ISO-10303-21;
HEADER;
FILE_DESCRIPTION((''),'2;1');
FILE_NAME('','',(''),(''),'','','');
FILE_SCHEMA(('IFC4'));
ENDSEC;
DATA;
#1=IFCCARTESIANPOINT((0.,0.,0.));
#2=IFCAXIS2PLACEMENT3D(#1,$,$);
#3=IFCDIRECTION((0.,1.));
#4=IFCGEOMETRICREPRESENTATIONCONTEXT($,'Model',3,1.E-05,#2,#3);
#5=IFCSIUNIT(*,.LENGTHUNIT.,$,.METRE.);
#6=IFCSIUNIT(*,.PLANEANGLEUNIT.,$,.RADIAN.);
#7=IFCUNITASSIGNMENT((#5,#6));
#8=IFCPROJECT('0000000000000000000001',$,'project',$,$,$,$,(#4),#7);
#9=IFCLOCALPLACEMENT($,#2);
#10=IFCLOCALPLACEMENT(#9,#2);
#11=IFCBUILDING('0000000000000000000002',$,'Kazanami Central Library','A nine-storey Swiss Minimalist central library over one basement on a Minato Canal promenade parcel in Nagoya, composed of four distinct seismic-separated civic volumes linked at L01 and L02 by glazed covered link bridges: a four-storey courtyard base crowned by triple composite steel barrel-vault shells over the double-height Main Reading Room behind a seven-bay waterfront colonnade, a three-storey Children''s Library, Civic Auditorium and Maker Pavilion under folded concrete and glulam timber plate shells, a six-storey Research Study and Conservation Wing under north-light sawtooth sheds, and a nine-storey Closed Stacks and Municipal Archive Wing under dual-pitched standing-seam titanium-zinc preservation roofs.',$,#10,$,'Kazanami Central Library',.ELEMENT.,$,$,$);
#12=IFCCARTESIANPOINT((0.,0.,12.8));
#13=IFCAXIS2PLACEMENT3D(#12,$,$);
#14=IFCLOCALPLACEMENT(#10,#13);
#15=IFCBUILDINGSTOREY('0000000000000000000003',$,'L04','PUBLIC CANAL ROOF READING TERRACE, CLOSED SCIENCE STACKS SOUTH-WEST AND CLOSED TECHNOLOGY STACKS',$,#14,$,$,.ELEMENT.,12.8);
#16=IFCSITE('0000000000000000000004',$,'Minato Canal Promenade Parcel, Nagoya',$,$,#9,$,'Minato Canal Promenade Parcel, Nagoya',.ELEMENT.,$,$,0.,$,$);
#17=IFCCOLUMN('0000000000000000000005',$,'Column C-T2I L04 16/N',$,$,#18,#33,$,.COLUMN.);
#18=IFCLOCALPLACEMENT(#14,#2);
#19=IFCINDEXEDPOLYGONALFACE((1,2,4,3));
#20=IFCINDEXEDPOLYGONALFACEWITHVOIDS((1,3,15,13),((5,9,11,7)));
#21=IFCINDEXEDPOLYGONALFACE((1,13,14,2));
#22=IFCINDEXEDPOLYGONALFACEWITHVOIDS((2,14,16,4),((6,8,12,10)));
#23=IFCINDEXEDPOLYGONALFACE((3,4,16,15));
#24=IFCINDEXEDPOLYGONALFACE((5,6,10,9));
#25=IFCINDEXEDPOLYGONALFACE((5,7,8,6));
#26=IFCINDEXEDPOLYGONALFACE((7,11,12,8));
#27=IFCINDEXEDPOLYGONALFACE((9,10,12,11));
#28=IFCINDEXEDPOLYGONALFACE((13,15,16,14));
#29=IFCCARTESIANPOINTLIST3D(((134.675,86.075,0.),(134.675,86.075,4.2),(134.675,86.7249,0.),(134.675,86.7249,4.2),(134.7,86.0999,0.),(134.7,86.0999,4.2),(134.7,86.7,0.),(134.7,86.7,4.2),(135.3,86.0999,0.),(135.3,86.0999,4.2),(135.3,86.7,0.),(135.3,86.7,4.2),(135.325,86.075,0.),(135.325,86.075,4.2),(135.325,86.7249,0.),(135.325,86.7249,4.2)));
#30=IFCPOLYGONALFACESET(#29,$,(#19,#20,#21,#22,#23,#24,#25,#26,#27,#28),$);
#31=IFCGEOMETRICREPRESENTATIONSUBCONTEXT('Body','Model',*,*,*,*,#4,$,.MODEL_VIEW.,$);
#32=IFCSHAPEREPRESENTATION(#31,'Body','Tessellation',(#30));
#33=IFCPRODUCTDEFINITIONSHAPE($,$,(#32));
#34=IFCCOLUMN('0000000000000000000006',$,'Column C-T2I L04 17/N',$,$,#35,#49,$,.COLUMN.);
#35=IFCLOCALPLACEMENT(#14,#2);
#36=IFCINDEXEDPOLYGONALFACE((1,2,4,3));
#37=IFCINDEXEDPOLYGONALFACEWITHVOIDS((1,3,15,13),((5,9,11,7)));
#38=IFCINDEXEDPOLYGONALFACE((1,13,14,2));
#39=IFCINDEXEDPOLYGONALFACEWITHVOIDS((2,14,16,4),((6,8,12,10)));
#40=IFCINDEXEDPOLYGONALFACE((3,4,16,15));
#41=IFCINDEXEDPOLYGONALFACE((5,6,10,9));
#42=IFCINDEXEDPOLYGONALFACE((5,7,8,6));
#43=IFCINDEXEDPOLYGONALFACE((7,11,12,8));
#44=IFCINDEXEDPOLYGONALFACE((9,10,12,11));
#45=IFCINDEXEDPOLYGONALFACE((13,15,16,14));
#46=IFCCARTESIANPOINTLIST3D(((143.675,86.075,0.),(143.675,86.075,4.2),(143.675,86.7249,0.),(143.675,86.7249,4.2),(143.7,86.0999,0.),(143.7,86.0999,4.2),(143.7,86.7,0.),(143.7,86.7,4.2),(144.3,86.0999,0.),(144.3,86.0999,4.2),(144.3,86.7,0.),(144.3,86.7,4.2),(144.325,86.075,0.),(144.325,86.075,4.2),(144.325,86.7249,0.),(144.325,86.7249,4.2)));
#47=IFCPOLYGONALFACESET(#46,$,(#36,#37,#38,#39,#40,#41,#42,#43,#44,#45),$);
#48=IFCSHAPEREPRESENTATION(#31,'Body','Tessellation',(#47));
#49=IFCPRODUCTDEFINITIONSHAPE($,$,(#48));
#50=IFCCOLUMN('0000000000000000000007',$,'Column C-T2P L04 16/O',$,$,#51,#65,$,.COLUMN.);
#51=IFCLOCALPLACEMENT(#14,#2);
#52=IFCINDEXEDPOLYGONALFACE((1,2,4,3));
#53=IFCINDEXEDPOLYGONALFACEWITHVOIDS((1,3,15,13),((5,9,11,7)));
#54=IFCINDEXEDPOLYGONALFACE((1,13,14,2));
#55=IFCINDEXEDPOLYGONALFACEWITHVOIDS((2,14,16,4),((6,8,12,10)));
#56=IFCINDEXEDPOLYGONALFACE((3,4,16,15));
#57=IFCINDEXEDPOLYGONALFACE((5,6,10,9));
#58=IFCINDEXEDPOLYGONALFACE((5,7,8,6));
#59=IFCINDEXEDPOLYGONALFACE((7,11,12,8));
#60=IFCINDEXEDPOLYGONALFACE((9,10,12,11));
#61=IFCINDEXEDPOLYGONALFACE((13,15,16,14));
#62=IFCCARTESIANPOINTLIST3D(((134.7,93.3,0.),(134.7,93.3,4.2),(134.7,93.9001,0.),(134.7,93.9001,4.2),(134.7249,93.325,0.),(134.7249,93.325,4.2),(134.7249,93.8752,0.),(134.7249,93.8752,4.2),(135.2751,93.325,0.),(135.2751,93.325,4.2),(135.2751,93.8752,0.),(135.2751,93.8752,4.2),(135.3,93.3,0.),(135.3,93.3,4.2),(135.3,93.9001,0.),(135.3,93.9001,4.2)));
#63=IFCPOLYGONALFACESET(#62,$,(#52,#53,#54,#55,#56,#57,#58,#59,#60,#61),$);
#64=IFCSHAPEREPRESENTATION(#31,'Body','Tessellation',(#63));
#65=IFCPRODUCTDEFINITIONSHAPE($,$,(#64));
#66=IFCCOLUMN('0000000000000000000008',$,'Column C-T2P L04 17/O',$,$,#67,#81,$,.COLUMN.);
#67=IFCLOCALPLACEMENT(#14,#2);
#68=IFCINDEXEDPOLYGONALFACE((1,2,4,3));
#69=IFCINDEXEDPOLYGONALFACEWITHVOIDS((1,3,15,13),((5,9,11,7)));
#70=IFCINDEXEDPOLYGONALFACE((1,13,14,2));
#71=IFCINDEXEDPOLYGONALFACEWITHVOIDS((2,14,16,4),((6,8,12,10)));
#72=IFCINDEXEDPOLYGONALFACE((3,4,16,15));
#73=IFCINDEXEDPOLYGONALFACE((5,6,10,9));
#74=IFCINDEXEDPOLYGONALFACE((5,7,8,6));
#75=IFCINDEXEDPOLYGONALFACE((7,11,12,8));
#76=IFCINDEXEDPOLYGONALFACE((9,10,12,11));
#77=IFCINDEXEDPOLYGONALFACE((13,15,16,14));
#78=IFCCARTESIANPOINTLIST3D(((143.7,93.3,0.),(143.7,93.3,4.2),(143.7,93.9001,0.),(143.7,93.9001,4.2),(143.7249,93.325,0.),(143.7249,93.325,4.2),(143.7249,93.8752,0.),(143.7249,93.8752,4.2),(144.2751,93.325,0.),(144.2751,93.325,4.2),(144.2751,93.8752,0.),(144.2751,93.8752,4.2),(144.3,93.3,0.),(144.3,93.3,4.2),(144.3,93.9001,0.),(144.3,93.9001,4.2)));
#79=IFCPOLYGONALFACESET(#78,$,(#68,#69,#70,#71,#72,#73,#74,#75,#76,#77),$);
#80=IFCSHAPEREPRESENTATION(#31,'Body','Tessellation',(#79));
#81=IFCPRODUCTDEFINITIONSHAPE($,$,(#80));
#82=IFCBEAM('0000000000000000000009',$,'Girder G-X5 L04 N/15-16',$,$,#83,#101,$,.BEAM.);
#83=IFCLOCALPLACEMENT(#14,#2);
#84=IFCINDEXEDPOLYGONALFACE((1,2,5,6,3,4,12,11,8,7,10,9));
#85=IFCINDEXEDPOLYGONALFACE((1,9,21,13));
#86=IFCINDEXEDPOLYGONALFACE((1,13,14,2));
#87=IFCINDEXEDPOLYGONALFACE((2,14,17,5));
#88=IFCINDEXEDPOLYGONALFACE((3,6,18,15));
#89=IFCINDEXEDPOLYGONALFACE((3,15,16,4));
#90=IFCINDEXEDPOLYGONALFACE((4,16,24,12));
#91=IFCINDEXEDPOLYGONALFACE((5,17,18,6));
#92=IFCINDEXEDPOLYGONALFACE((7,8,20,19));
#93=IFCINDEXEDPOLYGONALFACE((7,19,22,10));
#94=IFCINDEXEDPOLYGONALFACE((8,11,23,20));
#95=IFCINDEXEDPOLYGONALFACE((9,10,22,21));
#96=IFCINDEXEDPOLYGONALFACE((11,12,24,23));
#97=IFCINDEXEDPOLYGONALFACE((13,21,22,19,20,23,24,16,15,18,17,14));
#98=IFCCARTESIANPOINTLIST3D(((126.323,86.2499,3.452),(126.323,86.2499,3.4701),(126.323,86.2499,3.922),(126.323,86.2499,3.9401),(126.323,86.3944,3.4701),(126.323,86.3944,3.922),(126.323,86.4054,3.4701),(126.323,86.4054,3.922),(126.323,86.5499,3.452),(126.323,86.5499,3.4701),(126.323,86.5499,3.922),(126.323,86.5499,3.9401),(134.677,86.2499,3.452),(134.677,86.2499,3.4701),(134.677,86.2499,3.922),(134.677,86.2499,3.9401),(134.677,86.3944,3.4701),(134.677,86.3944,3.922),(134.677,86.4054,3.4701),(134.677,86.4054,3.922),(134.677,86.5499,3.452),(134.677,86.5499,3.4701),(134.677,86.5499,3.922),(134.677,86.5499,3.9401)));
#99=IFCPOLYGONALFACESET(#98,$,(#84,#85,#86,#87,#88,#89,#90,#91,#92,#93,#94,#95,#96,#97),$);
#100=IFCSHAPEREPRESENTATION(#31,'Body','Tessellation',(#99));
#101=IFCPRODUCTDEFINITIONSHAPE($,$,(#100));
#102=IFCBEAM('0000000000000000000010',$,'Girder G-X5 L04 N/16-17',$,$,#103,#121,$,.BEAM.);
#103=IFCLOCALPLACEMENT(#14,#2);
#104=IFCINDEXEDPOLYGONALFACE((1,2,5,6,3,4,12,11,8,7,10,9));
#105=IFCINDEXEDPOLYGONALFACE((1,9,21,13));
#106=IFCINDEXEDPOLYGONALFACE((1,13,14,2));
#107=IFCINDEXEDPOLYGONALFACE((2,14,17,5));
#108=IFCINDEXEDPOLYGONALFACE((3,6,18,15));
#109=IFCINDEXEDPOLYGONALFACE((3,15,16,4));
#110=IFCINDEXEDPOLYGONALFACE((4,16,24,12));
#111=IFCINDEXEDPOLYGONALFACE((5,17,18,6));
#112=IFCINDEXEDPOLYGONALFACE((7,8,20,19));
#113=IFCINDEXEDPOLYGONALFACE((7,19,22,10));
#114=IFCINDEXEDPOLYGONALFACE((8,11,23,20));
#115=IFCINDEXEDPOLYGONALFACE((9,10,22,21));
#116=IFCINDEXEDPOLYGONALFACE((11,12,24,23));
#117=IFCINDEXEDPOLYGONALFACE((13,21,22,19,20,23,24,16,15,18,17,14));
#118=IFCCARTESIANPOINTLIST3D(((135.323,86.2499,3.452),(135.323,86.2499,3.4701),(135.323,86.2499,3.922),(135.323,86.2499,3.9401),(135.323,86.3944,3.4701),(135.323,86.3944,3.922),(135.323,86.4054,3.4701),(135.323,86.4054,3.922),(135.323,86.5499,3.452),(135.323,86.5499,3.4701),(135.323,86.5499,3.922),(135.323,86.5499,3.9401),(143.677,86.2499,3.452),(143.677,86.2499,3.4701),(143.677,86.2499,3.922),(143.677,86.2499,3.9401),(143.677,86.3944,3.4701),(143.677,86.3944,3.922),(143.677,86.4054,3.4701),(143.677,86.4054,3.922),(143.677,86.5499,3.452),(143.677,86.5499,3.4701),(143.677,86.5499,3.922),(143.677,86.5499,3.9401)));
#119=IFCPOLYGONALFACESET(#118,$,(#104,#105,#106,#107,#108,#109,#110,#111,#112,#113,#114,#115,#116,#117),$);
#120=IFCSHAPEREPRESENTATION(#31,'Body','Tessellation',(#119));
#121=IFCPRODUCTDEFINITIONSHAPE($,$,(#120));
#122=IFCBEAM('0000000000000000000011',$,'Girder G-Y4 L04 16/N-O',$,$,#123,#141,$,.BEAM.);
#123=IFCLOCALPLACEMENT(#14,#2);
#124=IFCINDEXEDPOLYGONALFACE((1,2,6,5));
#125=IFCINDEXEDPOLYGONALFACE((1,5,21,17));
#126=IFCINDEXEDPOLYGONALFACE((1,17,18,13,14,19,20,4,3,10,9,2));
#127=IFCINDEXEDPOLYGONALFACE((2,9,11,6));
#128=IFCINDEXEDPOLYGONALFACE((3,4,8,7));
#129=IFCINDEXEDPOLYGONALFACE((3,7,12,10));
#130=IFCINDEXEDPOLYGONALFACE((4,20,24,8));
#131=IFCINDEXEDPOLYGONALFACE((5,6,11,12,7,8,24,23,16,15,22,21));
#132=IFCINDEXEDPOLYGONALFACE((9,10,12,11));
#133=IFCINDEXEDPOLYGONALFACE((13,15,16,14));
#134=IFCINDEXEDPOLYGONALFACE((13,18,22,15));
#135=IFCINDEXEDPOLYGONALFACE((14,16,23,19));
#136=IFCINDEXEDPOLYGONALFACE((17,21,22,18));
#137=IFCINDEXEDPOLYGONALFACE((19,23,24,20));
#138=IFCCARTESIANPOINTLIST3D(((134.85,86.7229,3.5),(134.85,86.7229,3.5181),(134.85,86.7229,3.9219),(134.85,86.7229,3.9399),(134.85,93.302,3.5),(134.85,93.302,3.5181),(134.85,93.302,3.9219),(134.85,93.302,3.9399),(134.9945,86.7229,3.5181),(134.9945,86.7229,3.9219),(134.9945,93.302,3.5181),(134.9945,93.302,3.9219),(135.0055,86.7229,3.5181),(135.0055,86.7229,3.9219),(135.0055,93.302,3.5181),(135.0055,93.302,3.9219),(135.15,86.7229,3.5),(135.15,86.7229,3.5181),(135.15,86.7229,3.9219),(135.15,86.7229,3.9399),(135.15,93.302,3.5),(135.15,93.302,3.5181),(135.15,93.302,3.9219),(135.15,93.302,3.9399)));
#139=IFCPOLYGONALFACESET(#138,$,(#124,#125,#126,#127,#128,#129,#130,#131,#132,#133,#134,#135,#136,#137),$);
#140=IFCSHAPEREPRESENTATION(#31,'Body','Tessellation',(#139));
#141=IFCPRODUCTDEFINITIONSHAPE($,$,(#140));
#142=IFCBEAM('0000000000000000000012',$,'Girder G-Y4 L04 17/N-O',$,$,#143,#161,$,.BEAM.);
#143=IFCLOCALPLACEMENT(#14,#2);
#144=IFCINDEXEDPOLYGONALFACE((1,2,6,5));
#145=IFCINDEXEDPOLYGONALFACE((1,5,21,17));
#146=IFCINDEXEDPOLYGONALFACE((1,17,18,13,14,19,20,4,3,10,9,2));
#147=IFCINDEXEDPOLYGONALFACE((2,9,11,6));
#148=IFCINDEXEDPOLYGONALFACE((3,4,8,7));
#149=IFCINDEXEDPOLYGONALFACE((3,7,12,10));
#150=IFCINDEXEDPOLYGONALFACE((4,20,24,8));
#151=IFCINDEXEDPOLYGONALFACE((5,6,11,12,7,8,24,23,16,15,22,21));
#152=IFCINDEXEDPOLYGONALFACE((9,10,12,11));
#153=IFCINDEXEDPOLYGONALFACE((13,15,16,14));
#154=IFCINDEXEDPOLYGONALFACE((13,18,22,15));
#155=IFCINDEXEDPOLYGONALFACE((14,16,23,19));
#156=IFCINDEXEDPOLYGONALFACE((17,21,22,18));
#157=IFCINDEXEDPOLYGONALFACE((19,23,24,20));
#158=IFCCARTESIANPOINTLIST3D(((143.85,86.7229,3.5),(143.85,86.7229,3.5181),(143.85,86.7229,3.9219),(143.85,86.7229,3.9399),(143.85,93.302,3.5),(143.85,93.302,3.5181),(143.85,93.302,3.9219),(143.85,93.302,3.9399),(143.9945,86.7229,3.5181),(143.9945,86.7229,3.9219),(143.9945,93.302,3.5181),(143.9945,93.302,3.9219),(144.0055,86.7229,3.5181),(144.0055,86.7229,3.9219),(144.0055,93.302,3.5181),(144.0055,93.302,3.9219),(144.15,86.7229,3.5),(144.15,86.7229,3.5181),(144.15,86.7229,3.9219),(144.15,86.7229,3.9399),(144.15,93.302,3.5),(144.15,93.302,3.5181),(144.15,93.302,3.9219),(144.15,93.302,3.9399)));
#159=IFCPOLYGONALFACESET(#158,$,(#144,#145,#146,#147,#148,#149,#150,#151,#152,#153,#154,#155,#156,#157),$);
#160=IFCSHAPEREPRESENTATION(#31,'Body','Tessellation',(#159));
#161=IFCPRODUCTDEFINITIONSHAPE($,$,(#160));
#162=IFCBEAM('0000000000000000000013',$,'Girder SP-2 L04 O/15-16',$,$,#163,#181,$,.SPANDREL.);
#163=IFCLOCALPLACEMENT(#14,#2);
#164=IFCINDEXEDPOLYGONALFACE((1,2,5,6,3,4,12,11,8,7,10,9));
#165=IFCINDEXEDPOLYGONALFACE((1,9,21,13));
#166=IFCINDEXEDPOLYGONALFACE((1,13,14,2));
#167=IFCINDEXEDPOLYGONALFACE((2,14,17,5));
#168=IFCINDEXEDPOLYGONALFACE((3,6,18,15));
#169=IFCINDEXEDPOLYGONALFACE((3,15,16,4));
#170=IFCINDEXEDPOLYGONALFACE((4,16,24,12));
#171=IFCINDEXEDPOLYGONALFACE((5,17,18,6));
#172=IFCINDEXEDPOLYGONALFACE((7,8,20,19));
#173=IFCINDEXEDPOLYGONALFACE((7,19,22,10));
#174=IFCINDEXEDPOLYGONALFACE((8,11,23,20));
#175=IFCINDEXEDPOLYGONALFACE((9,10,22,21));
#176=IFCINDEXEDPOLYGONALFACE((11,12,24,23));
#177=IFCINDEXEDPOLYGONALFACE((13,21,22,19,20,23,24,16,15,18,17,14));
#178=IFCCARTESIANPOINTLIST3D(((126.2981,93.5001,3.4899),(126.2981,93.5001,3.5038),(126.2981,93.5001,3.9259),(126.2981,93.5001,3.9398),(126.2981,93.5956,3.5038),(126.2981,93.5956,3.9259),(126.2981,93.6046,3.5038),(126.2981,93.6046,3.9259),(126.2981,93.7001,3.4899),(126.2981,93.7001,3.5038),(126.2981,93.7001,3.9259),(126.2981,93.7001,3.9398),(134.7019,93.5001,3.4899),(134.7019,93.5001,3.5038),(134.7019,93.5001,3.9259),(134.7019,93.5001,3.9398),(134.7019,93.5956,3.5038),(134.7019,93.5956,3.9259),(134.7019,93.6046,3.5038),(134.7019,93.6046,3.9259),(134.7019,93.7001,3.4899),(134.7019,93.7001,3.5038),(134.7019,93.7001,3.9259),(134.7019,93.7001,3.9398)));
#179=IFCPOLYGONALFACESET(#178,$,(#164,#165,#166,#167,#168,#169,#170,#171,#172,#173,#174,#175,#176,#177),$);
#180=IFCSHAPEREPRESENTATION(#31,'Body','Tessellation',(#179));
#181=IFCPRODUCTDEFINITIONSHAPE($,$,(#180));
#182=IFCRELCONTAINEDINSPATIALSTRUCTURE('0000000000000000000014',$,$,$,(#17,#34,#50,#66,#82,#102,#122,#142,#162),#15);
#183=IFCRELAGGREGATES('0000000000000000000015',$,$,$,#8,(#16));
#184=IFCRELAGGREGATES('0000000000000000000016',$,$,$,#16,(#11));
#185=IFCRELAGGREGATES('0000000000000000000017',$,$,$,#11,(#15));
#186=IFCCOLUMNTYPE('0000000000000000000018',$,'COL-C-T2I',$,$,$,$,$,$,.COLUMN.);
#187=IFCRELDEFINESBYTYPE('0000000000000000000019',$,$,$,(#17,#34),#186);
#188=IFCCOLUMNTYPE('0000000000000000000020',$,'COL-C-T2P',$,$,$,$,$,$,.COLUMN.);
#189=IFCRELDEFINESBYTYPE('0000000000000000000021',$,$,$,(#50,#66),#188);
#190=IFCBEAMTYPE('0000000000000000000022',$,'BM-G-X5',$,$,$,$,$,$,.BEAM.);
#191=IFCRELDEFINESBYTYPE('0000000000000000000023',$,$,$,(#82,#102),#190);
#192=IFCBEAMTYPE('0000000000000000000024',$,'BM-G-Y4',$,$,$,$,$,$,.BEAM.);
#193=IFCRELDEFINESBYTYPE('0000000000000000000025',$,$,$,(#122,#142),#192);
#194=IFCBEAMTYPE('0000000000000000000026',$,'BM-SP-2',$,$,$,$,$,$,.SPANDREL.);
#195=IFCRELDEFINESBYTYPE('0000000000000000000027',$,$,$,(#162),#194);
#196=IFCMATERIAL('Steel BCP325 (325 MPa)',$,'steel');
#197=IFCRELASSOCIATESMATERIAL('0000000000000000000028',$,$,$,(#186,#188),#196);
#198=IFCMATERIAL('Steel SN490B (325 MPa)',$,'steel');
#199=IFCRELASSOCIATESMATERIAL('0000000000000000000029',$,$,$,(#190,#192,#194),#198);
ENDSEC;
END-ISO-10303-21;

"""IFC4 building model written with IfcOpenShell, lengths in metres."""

from ifc_helpers import new_model, si_unit, direction, frame, origin, origin_2d, place, context, subcontext, project, spatial, hollow_rectangle, i_section, extrude, material, material_profile, profile_set, type_object, element, save


model = new_model("IFC4")

# Units and contexts
model_context = context("Model", 3, precision=1e-05, world=origin(), true_north=direction((0.0, 1.0)))
body_context = subcontext(model_context, "Body", "Model", "MODEL_VIEW")
ifc_project = project(units=[si_unit("LENGTHUNIT", "METRE"), si_unit("PLANEANGLEUNIT", "RADIAN")], contexts=[model_context])

# Site, building, storey
site_placement = place(None, origin())
site = spatial("IfcSite", under=ifc_project, at=site_placement, Name="Minato Canal Promenade Parcel, Nagoya", LongName="Minato Canal Promenade Parcel, Nagoya", CompositionType="ELEMENT", RefElevation=0.0)
building_placement = place(site_placement, origin())
building = spatial("IfcBuilding", under=site, at=building_placement, Name="Kazanami Central Library", Description="A nine-storey Swiss Minimalist central library over one basement on a Minato Canal promenade parcel in Nagoya, composed of four distinct seismic-separated civic volumes linked at L01 and L02 by glazed covered link bridges: a four-storey courtyard base crowned by triple composite steel barrel-vault shells over the double-height Main Reading Room behind a seven-bay waterfront colonnade, a three-storey Children's Library, Civic Auditorium and Maker Pavilion under folded concrete and glulam timber plate shells, a six-storey Research Study and Conservation Wing under north-light sawtooth sheds, and a nine-storey Closed Stacks and Municipal Archive Wing under dual-pitched standing-seam titanium-zinc preservation roofs.", LongName="Kazanami Central Library", CompositionType="ELEMENT")
storey_placement = place(building_placement, frame((0.0, 0.0, 12.8)))
storey = spatial("IfcBuildingStorey", under=building, at=storey_placement, Name="L04", Description="PUBLIC CANAL ROOF READING TERRACE, CLOSED SCIENCE STACKS SOUTH-WEST AND CLOSED TECHNOLOGY STACKS", CompositionType="ELEMENT", Elevation=12.8)

# Columns
ifc_material_1 = material(Name="Steel BCP325 (325 MPa)", Category="steel")
ifc_material_profile_1 = material_profile(ifc_material_1, hollow_rectangle(XDim=0.6499, YDim=0.6499, WallThickness=0.0249, at=origin_2d()), Name="BCP-650x650x25")
ifc_profile_set_1 = profile_set([ifc_material_profile_1], Name="Steel BCP325 (325 MPa)")
column_type_1 = type_object("IfcColumnType", Name="COL-C-T2I", PredefinedType="COLUMN", material=ifc_profile_set_1)
for number, where, z_axis, x_axis, name in (
    (1, (135.0, 86.3999, 0.0), (0.0, 0.0, 1.0), (1.0, 0.0, 0.0), "Column C-T2I L04 16/N"),
    (2, (144.0, 86.3999, 0.0), (0.0, 0.0, 1.0), (1.0, 0.0, 0.0), "Column C-T2I L04 17/N"),
):
    element("IfcColumn", number, at=place(storey_placement, frame(where, z_axis=z_axis, x_axis=x_axis)), inside=storey, type_object=column_type_1, Name=name, PredefinedType="COLUMN", context=body_context, shape_type="SweptSolid", body=[
        extrude(hollow_rectangle(XDim=0.6499, YDim=0.6499, WallThickness=0.0249, at=origin_2d()), origin(), (0.0, 0.0, 1.0), 4.2),
    ])
ifc_material_profile_2 = material_profile(ifc_material_1, hollow_rectangle(XDim=0.6001, YDim=0.6001, WallThickness=0.0249, at=origin_2d()), Name="BCP-600x600x25")
ifc_profile_set_2 = profile_set([ifc_material_profile_2], Name="Steel BCP325 (325 MPa)")
column_type_2 = type_object("IfcColumnType", Name="COL-C-T2P", PredefinedType="COLUMN", material=ifc_profile_set_2)
for number, where, z_axis, x_axis, name in (
    (3, (135.0, 93.6001, 0.0), (0.0, 0.0, 1.0), (1.0, 0.0, 0.0), "Column C-T2P L04 16/O"),
    (4, (144.0, 93.6001, 0.0), (0.0, 0.0, 1.0), (1.0, 0.0, 0.0), "Column C-T2P L04 17/O"),
):
    element("IfcColumn", number, at=place(storey_placement, frame(where, z_axis=z_axis, x_axis=x_axis)), inside=storey, type_object=column_type_2, Name=name, PredefinedType="COLUMN", context=body_context, shape_type="SweptSolid", body=[
        extrude(hollow_rectangle(XDim=0.6001, YDim=0.6001, WallThickness=0.0249, at=origin_2d()), origin(), (0.0, 0.0, 1.0), 4.2),
    ])

# Beams
ifc_material_2 = material(Name="Steel SN490B (325 MPa)", Category="steel")
ifc_material_profile_3 = material_profile(ifc_material_2, i_section(OverallWidth=0.3, OverallDepth=0.488, WebThickness=0.011, FlangeThickness=0.0181, at=origin_2d()), Name="H-488x300x11x18")
ifc_profile_set_3 = profile_set([ifc_material_profile_3], Name="Steel SN490B (325 MPa)")
beam_type_1 = type_object("IfcBeamType", Name="BM-G-X5", PredefinedType="BEAM", material=ifc_profile_set_3)
for number, where, z_axis, x_axis, name in (
    (5, (126.323, 86.3999, 3.696), (1.0, 0.0, 0.0), (0.0, 1.0, 0.0), "Girder G-X5 L04 N/15-16"),
    (6, (135.323, 86.3999, 3.696), (1.0, 0.0, 0.0), (0.0, 1.0, 0.0), "Girder G-X5 L04 N/16-17"),
):
    element("IfcBeam", number, at=place(storey_placement, frame(where, z_axis=z_axis, x_axis=x_axis)), inside=storey, type_object=beam_type_1, Name=name, PredefinedType="BEAM", context=body_context, shape_type="SweptSolid", body=[
        extrude(i_section(OverallWidth=0.3, OverallDepth=0.488, WebThickness=0.011, FlangeThickness=0.0181, at=origin_2d()), origin(), (0.0, 0.0, 1.0), 8.354),
    ])
ifc_material_profile_4 = material_profile(ifc_material_2, i_section(OverallWidth=0.3, OverallDepth=0.4399, WebThickness=0.011, FlangeThickness=0.0181, at=origin_2d()), Name="H-440x300x11x18")
ifc_profile_set_4 = profile_set([ifc_material_profile_4], Name="Steel SN490B (325 MPa)")
beam_type_2 = type_object("IfcBeamType", Name="BM-G-Y4", PredefinedType="BEAM", material=ifc_profile_set_4)
for number, where, z_axis, x_axis, name in (
    (7, (135.0, 86.7229, 3.72), (0.0, 1.0, 0.0), (-1.0, 0.0, 0.0), "Girder G-Y4 L04 16/N-O"),
    (8, (144.0, 86.7229, 3.72), (0.0, 1.0, 0.0), (-1.0, 0.0, 0.0), "Girder G-Y4 L04 17/N-O"),
):
    element("IfcBeam", number, at=place(storey_placement, frame(where, z_axis=z_axis, x_axis=x_axis)), inside=storey, type_object=beam_type_2, Name=name, PredefinedType="BEAM", context=body_context, shape_type="SweptSolid", body=[
        extrude(i_section(OverallWidth=0.3, OverallDepth=0.4399, WebThickness=0.011, FlangeThickness=0.0181, at=origin_2d()), origin(), (0.0, 0.0, 1.0), 6.5791),
    ])
ifc_material_profile_5 = material_profile(ifc_material_2, i_section(OverallWidth=0.2, OverallDepth=0.45, WebThickness=0.009, FlangeThickness=0.0139, at=origin_2d()), Name="H-450x200x9x14")
ifc_profile_set_5 = profile_set([ifc_material_profile_5], Name="Steel SN490B (325 MPa)")
beam_type_3 = type_object("IfcBeamType", Name="BM-SP-2", PredefinedType="SPANDREL", material=ifc_profile_set_5)
for number, where, z_axis, x_axis, name in (
    (9, (126.2981, 93.6001, 3.7148), (1.0, 0.0, 0.0), (0.0, 1.0, 0.0), "Girder SP-2 L04 O/15-16"),
):
    element("IfcBeam", number, at=place(storey_placement, frame(where, z_axis=z_axis, x_axis=x_axis)), inside=storey, type_object=beam_type_3, Name=name, PredefinedType="SPANDREL", context=body_context, shape_type="SweptSolid", body=[
        extrude(i_section(OverallWidth=0.2, OverallDepth=0.45, WebThickness=0.009, FlangeThickness=0.0139, at=origin_2d()), origin(), (0.0, 0.0, 1.0), 8.4038),
    ])

save(model, "model.ifc")
